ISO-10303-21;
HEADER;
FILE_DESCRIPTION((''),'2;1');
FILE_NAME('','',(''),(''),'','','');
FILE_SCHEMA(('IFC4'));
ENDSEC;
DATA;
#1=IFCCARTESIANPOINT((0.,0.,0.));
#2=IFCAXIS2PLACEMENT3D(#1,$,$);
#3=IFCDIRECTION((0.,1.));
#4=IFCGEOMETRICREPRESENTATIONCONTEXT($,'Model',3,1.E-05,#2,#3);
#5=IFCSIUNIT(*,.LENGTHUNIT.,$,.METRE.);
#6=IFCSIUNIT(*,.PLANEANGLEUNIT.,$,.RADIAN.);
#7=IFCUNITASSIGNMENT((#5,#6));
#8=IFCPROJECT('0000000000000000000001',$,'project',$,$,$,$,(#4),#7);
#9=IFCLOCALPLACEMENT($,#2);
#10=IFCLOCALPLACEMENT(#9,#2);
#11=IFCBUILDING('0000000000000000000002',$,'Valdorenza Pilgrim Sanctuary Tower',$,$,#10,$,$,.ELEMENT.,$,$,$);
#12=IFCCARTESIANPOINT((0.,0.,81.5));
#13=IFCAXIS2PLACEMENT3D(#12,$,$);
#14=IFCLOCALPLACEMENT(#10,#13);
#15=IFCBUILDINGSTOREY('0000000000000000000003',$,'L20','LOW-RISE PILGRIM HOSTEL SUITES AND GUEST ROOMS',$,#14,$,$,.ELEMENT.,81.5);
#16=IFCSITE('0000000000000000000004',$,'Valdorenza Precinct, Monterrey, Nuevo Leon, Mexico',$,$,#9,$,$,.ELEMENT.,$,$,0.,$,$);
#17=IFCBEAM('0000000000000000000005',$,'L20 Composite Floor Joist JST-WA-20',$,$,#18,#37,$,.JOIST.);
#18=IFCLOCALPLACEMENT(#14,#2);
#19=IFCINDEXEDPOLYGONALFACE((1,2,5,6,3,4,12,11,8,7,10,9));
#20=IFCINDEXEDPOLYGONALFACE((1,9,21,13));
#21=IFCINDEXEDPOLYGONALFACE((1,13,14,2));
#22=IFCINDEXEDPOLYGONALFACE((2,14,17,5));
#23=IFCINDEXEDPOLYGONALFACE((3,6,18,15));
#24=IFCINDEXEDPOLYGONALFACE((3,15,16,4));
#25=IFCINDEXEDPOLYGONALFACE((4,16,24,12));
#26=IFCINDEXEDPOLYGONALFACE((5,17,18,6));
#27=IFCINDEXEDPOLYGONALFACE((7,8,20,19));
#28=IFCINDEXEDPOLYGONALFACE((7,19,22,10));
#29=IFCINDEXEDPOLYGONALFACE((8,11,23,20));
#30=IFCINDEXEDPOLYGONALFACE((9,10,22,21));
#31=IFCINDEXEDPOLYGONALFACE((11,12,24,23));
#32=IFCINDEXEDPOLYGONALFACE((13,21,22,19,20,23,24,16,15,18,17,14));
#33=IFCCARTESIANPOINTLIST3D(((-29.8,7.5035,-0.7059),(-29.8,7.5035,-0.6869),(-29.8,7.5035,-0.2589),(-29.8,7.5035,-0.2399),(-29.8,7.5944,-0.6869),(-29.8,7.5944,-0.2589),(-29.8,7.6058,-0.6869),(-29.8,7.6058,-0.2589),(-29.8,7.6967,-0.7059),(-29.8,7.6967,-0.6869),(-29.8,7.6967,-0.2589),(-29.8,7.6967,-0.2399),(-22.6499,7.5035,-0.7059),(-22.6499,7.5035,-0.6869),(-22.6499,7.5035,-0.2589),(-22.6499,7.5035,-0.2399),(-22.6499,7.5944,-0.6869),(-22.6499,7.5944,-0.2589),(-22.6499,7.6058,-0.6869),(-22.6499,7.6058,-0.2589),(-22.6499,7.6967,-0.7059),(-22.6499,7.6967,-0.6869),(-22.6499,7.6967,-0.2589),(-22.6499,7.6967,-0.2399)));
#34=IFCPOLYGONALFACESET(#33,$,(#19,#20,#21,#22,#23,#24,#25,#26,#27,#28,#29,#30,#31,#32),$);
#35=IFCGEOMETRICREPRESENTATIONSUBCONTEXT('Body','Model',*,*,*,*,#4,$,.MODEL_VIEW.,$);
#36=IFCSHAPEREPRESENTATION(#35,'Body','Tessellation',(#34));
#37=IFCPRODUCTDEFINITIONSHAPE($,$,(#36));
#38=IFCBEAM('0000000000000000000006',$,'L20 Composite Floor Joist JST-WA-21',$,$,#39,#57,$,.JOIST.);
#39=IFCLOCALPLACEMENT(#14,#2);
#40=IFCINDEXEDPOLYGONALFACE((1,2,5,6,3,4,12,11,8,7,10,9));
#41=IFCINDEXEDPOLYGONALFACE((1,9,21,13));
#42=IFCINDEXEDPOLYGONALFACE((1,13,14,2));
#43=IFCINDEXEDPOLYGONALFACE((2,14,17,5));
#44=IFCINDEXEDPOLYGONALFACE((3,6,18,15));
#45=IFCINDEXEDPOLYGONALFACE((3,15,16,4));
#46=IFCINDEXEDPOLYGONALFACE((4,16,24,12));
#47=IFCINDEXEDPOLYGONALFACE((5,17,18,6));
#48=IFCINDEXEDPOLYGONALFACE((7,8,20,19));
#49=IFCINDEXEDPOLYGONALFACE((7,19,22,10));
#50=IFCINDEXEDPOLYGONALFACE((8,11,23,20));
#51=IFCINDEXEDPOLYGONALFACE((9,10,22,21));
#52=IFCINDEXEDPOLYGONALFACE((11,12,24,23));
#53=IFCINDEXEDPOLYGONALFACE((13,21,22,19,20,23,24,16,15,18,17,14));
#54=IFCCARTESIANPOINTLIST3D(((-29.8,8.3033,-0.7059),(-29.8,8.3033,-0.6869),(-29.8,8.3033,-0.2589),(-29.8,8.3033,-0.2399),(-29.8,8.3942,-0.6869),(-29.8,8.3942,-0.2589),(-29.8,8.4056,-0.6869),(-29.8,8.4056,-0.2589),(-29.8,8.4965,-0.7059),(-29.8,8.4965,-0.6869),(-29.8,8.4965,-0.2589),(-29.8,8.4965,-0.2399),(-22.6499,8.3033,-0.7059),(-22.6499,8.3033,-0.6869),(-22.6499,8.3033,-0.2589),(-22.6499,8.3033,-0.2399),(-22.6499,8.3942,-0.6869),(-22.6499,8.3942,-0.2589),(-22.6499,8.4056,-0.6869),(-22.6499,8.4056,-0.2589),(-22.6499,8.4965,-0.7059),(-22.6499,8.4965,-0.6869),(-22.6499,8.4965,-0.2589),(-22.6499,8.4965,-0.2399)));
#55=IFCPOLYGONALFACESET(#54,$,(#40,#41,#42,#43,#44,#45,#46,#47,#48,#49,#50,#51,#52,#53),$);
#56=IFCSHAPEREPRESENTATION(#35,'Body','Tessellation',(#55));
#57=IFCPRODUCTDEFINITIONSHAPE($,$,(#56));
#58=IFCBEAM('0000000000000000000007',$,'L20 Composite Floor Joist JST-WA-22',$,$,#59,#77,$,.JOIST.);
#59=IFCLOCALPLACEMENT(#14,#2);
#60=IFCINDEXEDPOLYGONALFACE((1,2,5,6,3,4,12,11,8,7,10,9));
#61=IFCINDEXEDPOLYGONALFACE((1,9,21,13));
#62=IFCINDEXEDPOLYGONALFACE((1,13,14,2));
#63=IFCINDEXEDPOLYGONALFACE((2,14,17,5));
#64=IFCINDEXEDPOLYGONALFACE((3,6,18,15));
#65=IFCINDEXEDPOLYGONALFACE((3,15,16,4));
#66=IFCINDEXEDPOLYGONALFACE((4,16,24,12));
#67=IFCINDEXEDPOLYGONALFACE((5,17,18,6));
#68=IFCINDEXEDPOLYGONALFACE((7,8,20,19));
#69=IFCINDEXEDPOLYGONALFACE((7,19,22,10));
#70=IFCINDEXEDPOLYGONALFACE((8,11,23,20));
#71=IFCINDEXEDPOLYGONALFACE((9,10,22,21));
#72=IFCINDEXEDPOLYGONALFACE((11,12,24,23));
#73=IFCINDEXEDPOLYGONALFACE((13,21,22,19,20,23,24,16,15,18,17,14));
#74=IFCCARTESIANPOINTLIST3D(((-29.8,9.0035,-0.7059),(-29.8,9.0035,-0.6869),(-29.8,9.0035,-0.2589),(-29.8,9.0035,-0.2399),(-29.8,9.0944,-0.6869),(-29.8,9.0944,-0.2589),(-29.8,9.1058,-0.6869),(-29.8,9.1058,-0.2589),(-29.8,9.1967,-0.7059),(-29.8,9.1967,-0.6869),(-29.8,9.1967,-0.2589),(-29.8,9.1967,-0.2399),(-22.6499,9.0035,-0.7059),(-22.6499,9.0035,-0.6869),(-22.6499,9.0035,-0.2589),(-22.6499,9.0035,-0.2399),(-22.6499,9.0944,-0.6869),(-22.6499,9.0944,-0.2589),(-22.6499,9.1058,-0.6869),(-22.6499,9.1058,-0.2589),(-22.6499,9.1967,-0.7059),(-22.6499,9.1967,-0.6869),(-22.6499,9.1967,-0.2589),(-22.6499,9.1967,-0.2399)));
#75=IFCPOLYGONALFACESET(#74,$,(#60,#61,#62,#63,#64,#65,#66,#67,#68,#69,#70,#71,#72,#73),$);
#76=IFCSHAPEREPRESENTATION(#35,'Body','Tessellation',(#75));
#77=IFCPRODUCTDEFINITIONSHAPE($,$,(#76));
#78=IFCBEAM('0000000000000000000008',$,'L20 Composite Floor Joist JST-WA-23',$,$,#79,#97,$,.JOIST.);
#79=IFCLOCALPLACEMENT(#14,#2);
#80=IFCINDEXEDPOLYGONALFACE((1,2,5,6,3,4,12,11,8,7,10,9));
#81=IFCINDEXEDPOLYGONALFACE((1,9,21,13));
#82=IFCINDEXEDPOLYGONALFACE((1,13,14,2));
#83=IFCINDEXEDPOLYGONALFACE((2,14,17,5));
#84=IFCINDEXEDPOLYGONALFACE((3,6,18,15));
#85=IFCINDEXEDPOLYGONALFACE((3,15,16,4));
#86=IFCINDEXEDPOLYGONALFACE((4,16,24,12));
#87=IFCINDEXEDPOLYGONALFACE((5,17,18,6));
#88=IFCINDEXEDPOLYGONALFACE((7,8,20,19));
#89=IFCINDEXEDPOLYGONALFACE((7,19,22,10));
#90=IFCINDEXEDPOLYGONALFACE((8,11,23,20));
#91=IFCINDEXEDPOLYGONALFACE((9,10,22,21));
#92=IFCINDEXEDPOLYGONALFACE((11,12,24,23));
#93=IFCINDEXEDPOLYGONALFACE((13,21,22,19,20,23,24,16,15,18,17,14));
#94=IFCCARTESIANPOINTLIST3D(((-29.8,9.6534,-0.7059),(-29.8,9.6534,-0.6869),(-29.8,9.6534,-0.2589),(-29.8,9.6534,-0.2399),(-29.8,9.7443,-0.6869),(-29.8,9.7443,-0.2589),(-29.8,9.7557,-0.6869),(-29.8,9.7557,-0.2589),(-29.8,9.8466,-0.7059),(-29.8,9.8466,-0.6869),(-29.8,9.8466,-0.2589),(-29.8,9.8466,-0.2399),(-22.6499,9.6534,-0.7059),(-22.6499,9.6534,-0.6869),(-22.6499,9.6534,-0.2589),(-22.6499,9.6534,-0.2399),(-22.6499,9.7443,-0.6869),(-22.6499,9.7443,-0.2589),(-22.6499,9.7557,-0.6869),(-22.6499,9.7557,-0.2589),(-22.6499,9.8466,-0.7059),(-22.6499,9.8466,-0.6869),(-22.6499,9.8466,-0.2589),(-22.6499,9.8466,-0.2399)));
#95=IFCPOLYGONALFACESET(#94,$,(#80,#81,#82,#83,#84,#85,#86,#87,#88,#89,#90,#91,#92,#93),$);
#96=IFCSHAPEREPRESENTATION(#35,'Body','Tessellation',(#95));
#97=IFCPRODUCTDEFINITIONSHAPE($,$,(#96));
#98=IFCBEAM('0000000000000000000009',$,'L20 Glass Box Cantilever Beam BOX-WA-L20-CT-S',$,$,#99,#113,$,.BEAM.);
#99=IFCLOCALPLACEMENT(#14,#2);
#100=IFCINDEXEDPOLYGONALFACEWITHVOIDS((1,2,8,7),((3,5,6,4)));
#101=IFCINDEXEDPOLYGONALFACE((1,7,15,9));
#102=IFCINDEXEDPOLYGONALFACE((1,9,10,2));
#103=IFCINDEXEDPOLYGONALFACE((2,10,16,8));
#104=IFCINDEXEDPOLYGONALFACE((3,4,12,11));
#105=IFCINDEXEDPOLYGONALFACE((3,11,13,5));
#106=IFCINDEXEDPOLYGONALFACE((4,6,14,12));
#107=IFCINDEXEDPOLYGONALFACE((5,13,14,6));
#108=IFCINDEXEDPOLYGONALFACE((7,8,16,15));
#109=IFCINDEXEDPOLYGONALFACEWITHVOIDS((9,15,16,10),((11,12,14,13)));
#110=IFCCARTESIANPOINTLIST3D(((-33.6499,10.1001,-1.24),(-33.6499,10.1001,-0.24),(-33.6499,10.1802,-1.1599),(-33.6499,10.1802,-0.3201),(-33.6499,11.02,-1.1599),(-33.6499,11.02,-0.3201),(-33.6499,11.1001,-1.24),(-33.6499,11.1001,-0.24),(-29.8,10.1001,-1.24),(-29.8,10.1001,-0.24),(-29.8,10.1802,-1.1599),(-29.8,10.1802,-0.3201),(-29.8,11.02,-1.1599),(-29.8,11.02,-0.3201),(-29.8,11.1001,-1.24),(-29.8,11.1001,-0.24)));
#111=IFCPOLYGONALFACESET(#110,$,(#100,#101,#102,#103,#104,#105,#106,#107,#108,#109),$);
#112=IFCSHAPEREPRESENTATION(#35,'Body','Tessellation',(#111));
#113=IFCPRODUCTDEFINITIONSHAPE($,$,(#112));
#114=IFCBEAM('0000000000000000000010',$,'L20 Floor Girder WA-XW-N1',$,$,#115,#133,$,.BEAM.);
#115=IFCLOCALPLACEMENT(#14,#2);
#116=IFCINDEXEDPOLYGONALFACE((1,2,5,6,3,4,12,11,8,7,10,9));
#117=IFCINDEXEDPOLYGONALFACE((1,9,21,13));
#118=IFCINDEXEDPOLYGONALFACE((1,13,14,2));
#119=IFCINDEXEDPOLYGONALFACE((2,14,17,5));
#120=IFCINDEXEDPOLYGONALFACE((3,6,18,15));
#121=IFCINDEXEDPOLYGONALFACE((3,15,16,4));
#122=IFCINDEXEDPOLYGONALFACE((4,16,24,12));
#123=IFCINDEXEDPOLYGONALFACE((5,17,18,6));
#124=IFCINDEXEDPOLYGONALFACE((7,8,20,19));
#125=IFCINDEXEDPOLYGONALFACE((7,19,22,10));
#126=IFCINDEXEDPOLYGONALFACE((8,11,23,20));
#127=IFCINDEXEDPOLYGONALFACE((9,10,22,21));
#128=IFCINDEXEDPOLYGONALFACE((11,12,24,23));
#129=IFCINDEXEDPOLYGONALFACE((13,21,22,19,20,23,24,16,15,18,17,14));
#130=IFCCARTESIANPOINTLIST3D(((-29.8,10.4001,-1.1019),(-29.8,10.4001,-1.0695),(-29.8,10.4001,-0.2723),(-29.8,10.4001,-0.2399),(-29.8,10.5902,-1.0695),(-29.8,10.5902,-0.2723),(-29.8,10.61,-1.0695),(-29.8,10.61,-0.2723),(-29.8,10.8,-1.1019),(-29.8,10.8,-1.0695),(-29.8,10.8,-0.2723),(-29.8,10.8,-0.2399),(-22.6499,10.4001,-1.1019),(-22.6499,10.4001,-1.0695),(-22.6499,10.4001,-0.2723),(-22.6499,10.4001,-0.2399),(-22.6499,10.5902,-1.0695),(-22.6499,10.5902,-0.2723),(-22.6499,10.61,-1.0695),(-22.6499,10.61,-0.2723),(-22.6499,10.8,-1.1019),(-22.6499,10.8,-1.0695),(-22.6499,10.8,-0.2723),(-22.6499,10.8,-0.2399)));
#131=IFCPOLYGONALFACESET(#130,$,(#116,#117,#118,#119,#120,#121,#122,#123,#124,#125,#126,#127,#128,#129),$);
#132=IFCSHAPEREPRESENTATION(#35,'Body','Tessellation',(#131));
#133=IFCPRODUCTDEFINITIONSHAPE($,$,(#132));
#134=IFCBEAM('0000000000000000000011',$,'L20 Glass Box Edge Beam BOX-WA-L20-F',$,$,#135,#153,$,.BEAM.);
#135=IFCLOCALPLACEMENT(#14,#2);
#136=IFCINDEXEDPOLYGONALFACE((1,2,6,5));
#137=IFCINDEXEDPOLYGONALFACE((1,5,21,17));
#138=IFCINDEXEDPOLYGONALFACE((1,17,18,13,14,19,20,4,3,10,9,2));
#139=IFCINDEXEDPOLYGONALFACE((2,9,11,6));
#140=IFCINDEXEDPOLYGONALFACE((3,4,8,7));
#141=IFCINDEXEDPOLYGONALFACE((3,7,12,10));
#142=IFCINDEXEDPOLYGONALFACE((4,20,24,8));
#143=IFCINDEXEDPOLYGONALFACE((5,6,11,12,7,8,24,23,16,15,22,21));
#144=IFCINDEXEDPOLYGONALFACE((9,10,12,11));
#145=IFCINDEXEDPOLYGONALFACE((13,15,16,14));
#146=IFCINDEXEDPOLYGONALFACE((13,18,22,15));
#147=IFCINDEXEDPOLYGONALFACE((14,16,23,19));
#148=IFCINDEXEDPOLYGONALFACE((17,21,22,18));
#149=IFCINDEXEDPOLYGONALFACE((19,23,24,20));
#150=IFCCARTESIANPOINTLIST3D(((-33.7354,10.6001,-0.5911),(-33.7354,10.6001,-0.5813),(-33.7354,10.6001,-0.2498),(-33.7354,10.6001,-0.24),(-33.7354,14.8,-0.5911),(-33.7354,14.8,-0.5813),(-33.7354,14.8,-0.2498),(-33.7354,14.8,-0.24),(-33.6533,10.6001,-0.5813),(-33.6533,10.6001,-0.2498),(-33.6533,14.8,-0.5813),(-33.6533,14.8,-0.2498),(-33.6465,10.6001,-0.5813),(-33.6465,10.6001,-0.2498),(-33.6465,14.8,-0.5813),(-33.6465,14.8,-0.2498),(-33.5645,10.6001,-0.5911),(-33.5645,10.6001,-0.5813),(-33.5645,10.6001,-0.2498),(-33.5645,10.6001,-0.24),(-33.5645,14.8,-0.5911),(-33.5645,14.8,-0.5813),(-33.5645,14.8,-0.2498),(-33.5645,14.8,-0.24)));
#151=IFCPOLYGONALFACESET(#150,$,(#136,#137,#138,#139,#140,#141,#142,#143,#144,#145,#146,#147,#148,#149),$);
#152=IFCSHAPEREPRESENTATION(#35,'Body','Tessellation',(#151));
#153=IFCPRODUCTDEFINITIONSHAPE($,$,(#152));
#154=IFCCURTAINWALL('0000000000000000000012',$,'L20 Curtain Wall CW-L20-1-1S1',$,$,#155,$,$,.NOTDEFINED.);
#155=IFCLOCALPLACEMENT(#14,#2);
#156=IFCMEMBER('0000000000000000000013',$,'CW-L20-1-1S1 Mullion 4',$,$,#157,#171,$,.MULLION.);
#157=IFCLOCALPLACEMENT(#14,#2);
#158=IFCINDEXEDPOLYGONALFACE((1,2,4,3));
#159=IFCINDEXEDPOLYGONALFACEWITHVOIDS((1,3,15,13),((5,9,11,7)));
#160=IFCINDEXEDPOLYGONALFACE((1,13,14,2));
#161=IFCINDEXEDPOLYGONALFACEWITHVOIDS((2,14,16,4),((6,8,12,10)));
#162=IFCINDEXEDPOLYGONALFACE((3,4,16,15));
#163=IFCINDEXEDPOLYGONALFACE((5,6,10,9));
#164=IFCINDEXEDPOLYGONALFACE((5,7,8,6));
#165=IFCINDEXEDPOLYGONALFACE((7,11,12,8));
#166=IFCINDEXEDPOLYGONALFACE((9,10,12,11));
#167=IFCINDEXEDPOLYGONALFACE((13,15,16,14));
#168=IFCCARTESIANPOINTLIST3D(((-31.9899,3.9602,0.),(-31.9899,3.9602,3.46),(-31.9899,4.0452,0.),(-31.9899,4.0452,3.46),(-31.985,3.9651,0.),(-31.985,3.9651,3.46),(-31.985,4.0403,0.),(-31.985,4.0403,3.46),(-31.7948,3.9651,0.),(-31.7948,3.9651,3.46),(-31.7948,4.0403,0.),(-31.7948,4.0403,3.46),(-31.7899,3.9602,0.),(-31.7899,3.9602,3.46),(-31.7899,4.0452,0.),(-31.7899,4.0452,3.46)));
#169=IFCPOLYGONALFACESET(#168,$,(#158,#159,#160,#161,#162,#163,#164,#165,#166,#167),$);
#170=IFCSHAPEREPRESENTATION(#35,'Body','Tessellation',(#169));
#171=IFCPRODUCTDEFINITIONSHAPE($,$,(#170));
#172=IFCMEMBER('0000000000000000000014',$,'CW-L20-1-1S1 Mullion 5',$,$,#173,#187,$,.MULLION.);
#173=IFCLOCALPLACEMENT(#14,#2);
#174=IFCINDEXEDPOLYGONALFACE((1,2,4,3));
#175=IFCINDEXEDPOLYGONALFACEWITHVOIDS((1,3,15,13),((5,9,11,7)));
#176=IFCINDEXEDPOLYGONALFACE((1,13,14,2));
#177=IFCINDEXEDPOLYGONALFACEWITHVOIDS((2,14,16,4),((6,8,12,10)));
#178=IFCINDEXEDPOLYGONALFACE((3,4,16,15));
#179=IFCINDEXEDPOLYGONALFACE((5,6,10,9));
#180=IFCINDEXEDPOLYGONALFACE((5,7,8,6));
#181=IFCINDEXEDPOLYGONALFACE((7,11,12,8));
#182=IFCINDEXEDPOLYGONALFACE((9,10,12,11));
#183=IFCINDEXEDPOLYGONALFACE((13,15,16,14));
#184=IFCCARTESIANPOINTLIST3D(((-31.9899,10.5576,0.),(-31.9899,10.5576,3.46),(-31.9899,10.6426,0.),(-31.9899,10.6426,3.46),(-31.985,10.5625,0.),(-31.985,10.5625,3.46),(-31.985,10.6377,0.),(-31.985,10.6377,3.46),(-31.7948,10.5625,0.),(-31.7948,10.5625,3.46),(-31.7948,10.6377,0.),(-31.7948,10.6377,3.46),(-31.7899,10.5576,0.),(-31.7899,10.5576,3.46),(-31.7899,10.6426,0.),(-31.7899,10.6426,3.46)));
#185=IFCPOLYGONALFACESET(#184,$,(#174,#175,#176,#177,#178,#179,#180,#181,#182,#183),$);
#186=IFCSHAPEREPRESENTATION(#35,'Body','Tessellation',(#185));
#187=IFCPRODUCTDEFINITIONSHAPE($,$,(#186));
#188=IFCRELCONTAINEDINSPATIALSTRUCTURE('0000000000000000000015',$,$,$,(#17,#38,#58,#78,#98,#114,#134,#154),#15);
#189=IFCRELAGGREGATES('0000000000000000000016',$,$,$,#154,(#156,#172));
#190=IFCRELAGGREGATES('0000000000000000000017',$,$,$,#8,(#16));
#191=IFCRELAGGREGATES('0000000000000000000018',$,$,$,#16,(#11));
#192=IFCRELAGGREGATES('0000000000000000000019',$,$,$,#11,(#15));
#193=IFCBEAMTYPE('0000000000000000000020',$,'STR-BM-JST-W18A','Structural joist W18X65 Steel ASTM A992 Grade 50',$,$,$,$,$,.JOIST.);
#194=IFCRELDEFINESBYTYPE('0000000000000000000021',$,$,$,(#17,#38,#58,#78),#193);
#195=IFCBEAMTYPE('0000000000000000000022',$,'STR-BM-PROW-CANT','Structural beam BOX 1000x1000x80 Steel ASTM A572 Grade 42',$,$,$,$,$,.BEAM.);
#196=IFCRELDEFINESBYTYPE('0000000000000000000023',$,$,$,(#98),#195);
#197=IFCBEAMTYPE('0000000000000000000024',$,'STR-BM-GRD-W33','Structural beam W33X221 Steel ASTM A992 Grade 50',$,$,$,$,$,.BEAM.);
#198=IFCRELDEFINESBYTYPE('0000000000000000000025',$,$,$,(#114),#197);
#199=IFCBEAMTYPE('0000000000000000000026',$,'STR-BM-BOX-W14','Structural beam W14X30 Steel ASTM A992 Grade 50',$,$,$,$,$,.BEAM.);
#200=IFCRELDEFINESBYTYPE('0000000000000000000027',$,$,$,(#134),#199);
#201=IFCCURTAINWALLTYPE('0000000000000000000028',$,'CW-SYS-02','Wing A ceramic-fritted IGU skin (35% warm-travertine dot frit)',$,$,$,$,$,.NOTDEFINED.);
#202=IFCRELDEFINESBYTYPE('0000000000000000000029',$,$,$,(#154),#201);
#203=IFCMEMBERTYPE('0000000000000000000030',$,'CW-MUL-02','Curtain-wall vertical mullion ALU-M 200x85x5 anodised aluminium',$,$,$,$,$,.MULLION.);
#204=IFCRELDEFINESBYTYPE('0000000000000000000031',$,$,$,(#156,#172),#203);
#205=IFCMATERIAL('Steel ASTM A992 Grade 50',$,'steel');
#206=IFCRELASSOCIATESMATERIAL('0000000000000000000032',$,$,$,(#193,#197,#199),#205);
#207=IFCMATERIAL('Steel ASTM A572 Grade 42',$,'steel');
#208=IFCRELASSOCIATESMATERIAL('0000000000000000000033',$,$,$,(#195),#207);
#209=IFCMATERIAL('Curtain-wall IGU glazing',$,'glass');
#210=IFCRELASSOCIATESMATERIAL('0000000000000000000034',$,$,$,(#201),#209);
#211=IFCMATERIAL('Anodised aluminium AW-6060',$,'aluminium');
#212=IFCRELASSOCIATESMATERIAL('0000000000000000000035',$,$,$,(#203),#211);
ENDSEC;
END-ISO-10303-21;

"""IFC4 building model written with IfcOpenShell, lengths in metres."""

from ifc_helpers import new_model, si_unit, direction, frame, origin, origin_2d, place, context, subcontext, project, spatial, hollow_rectangle, i_section, extrude, source, transform, mapped, material, material_profile, profile_set, type_object, element, aggregate, save


model = new_model("IFC4")

# Units and contexts
model_context = context("Model", 3, precision=1e-05, world=origin(), true_north=direction((0.0, 1.0)))
body_context = subcontext(model_context, "Body", "Model", "MODEL_VIEW")
ifc_project = project(units=[si_unit("LENGTHUNIT", "METRE"), si_unit("PLANEANGLEUNIT", "RADIAN")], contexts=[model_context])

# Site, building, storey
site_placement = place(None, origin())
site = spatial("IfcSite", under=ifc_project, at=site_placement, Name="Valdorenza Precinct, Monterrey, Nuevo Leon, Mexico", CompositionType="ELEMENT", RefElevation=0.0)
building_placement = place(site_placement, origin())
building = spatial("IfcBuilding", under=site, at=building_placement, Name="Valdorenza Pilgrim Sanctuary Tower", CompositionType="ELEMENT")
storey_placement = place(building_placement, frame((0.0, 0.0, 81.5)))
storey = spatial("IfcBuildingStorey", under=building, at=storey_placement, Name="L20", Description="LOW-RISE PILGRIM HOSTEL SUITES AND GUEST ROOMS", CompositionType="ELEMENT", Elevation=81.5)

# Beams
ifc_material_1 = material(Name="Steel ASTM A992 Grade 50", Category="steel")
ifc_material_profile_1 = material_profile(ifc_material_1, i_section(OverallWidth=0.1931, OverallDepth=0.4661, WebThickness=0.0115, FlangeThickness=0.019, at=origin_2d()), Name="W18X65")
ifc_profile_set_1 = profile_set([ifc_material_profile_1], Name="Steel ASTM A992 Grade 50")
beam_type_1 = type_object("IfcBeamType", Name="STR-BM-JST-W18A", Description="Structural joist W18X65 Steel ASTM A992 Grade 50", PredefinedType="JOIST", material=ifc_profile_set_1)
shared_shape_1 = source(origin(), body_context, "Body", "SweptSolid", [
    extrude(i_section(OverallWidth=0.1931, OverallDepth=0.4661, WebThickness=0.0115, FlangeThickness=0.019, at=origin_2d()), origin(), (0.0, 0.0, 1.0), 7.1501),
])
for number, where, z_axis, x_axis, name in (
    (1, (-29.8, 7.6001, -0.4729), (1.0, 0.0, 0.0), (0.0, 1.0, 0.0), "L20 Composite Floor Joist JST-WA-20"),
    (2, (-29.8, 8.3999, -0.4729), (1.0, 0.0, 0.0), (0.0, 1.0, 0.0), "L20 Composite Floor Joist JST-WA-21"),
    (3, (-29.8, 9.1001, -0.4729), (1.0, 0.0, 0.0), (0.0, 1.0, 0.0), "L20 Composite Floor Joist JST-WA-22"),
    (4, (-29.8, 9.75, -0.4729), (1.0, 0.0, 0.0), (0.0, 1.0, 0.0), "L20 Composite Floor Joist JST-WA-23"),
):
    element("IfcBeam", number, at=place(storey_placement, frame(where, z_axis=z_axis, x_axis=x_axis)), inside=storey, type_object=beam_type_1, Name=name, PredefinedType="JOIST", context=body_context, shape_type="MappedRepresentation", body=[
        mapped(shared_shape_1, transform((0.0, 0.0, 0.0), x_axis=(1.0, 0.0, 0.0), y_axis=(0.0, 1.0, 0.0), z_axis=(0.0, 0.0, 1.0), scale=1.0)),
    ])
ifc_material_2 = material(Name="Steel ASTM A572 Grade 42", Category="steel")
ifc_material_profile_2 = material_profile(ifc_material_2, hollow_rectangle(XDim=1.0, YDim=1.0, WallThickness=0.0801, at=origin_2d()), Name="BOX 1000x1000x80")
ifc_profile_set_2 = profile_set([ifc_material_profile_2], Name="Steel ASTM A572 Grade 42")
beam_type_2 = type_object("IfcBeamType", Name="STR-BM-PROW-CANT", Description="Structural beam BOX 1000x1000x80 Steel ASTM A572 Grade 42", PredefinedType="BEAM", material=ifc_profile_set_2)
shared_shape_2 = source(origin(), body_context, "Body", "SweptSolid", [
    extrude(hollow_rectangle(XDim=1.0, YDim=1.0, WallThickness=0.0801, at=origin_2d()), origin(), (0.0, 0.0, 1.0), 3.8499),
])
beam_1_placement = place(storey_placement, frame((-29.8, 10.6001, -0.74), z_axis=(-1.0, 0.0, 0.0), x_axis=(0.0, -1.0, 0.0)))
element("IfcBeam", 5, at=beam_1_placement, inside=storey, type_object=beam_type_2, Name="L20 Glass Box Cantilever Beam BOX-WA-L20-CT-S", PredefinedType="BEAM", context=body_context, shape_type="MappedRepresentation", body=[
    mapped(shared_shape_2, transform((0.0, 0.0, 0.0), x_axis=(1.0, 0.0, 0.0), y_axis=(0.0, 1.0, 0.0), z_axis=(0.0, 0.0, 1.0), scale=1.0)),
])
ifc_material_profile_3 = material_profile(ifc_material_1, i_section(OverallWidth=0.3999, OverallDepth=0.8621, WebThickness=0.0198, FlangeThickness=0.0325, at=origin_2d()), Name="W33X221")
ifc_profile_set_3 = profile_set([ifc_material_profile_3], Name="Steel ASTM A992 Grade 50")
beam_type_3 = type_object("IfcBeamType", Name="STR-BM-GRD-W33", Description="Structural beam W33X221 Steel ASTM A992 Grade 50", PredefinedType="BEAM", material=ifc_profile_set_3)
shared_shape_3 = source(origin(), body_context, "Body", "SweptSolid", [
    extrude(i_section(OverallWidth=0.3999, OverallDepth=0.8621, WebThickness=0.0198, FlangeThickness=0.0325, at=origin_2d()), origin(), (0.0, 0.0, 1.0), 7.1501),
])
beam_2_placement = place(storey_placement, frame((-29.8, 10.6001, -0.6709), z_axis=(1.0, 0.0, 0.0), x_axis=(0.0, 1.0, 0.0)))
element("IfcBeam", 6, at=beam_2_placement, inside=storey, type_object=beam_type_3, Name="L20 Floor Girder WA-XW-N1", PredefinedType="BEAM", context=body_context, shape_type="MappedRepresentation", body=[
    mapped(shared_shape_3, transform((0.0, 0.0, 0.0), x_axis=(1.0, 0.0, 0.0), y_axis=(0.0, 1.0, 0.0), z_axis=(0.0, 0.0, 1.0), scale=1.0)),
])
ifc_material_profile_4 = material_profile(ifc_material_1, i_section(OverallWidth=0.1709, OverallDepth=0.3511, WebThickness=0.0068, FlangeThickness=0.0098, at=origin_2d()), Name="W14X30")
ifc_profile_set_4 = profile_set([ifc_material_profile_4], Name="Steel ASTM A992 Grade 50")
beam_type_4 = type_object("IfcBeamType", Name="STR-BM-BOX-W14", Description="Structural beam W14X30 Steel ASTM A992 Grade 50", PredefinedType="BEAM", material=ifc_profile_set_4)
shared_shape_4 = source(origin(), body_context, "Body", "SweptSolid", [
    extrude(i_section(OverallWidth=0.1709, OverallDepth=0.3511, WebThickness=0.0068, FlangeThickness=0.0098, at=origin_2d()), origin(), (0.0, 0.0, 1.0), 4.2),
])
beam_3_placement = place(storey_placement, frame((-33.6499, 10.6001, -0.4155), z_axis=(0.0, 1.0, 0.0), x_axis=(-1.0, 0.0, 0.0)))
element("IfcBeam", 7, at=beam_3_placement, inside=storey, type_object=beam_type_4, Name="L20 Glass Box Edge Beam BOX-WA-L20-F", PredefinedType="BEAM", context=body_context, shape_type="MappedRepresentation", body=[
    mapped(shared_shape_4, transform((0.0, 0.0, 0.0), x_axis=(1.0, 0.0, 0.0), y_axis=(0.0, 1.0, 0.0), z_axis=(0.0, 0.0, 1.0), scale=1.0)),
])

# Curtain wall, members
ifc_material_3 = material(Name="Curtain-wall IGU glazing", Category="glass")
curtain_wall_type = type_object("IfcCurtainWallType", Name="CW-SYS-02", Description="Wing A ceramic-fritted IGU skin (35% warm-travertine dot frit)", PredefinedType="NOTDEFINED", material=ifc_material_3)
curtain_wall_1_placement = place(storey_placement, origin())
curtain_wall_1 = element("IfcCurtainWall", 8, at=curtain_wall_1_placement, inside=storey, type_object=curtain_wall_type, Name="L20 Curtain Wall CW-L20-1-1S1", PredefinedType="NOTDEFINED")
ifc_material_4 = material(Name="Anodised aluminium AW-6060", Category="aluminium")
ifc_material_profile_5 = material_profile(ifc_material_4, hollow_rectangle(XDim=0.085, YDim=0.2, WallThickness=0.0049, at=origin_2d()), Name="ALU-M 200x85x5")
ifc_profile_set_5 = profile_set([ifc_material_profile_5], Name="Anodised aluminium AW-6060")
member_type_1 = type_object("IfcMemberType", Name="CW-MUL-02", Description="Curtain-wall vertical mullion ALU-M 200x85x5 anodised aluminium", PredefinedType="MULLION", material=ifc_profile_set_5)
shared_shape_5 = source(origin(), body_context, "Body", "SweptSolid", [
    extrude(hollow_rectangle(XDim=0.085, YDim=0.2, WallThickness=0.0049, at=origin_2d()), origin(), (0.0, 0.0, 1.0), 3.46),
])
member_1_placement = place(storey_placement, frame((-31.8899, 4.0027, 0.0), z_axis=(0.0, 0.0, 1.0), x_axis=(0.0, 1.0, 0.0)))
member_1 = element("IfcMember", 9, at=member_1_placement, type_object=member_type_1, Name="CW-L20-1-1S1 Mullion 4", PredefinedType="MULLION", context=body_context, shape_type="MappedRepresentation", body=[
    mapped(shared_shape_5, transform((0.0, 0.0, 0.0), x_axis=(1.0, 0.0, 0.0), y_axis=(0.0, 1.0, 0.0), z_axis=(0.0, 0.0, 1.0), scale=1.0)),
])
member_2_placement = place(storey_placement, frame((-31.8899, 10.6001, 0.0), z_axis=(0.0, 0.0, 1.0), x_axis=(0.0, 1.0, 0.0)))
member_2 = element("IfcMember", 10, at=member_2_placement, type_object=member_type_1, Name="CW-L20-1-1S1 Mullion 5", PredefinedType="MULLION", context=body_context, shape_type="MappedRepresentation", body=[
    mapped(shared_shape_5, transform((0.0, 0.0, 0.0), x_axis=(1.0, 0.0, 0.0), y_axis=(0.0, 1.0, 0.0), z_axis=(0.0, 0.0, 1.0), scale=1.0)),
])

aggregate(curtain_wall_1, [member_1, member_2])

save(model, "model.ifc")
